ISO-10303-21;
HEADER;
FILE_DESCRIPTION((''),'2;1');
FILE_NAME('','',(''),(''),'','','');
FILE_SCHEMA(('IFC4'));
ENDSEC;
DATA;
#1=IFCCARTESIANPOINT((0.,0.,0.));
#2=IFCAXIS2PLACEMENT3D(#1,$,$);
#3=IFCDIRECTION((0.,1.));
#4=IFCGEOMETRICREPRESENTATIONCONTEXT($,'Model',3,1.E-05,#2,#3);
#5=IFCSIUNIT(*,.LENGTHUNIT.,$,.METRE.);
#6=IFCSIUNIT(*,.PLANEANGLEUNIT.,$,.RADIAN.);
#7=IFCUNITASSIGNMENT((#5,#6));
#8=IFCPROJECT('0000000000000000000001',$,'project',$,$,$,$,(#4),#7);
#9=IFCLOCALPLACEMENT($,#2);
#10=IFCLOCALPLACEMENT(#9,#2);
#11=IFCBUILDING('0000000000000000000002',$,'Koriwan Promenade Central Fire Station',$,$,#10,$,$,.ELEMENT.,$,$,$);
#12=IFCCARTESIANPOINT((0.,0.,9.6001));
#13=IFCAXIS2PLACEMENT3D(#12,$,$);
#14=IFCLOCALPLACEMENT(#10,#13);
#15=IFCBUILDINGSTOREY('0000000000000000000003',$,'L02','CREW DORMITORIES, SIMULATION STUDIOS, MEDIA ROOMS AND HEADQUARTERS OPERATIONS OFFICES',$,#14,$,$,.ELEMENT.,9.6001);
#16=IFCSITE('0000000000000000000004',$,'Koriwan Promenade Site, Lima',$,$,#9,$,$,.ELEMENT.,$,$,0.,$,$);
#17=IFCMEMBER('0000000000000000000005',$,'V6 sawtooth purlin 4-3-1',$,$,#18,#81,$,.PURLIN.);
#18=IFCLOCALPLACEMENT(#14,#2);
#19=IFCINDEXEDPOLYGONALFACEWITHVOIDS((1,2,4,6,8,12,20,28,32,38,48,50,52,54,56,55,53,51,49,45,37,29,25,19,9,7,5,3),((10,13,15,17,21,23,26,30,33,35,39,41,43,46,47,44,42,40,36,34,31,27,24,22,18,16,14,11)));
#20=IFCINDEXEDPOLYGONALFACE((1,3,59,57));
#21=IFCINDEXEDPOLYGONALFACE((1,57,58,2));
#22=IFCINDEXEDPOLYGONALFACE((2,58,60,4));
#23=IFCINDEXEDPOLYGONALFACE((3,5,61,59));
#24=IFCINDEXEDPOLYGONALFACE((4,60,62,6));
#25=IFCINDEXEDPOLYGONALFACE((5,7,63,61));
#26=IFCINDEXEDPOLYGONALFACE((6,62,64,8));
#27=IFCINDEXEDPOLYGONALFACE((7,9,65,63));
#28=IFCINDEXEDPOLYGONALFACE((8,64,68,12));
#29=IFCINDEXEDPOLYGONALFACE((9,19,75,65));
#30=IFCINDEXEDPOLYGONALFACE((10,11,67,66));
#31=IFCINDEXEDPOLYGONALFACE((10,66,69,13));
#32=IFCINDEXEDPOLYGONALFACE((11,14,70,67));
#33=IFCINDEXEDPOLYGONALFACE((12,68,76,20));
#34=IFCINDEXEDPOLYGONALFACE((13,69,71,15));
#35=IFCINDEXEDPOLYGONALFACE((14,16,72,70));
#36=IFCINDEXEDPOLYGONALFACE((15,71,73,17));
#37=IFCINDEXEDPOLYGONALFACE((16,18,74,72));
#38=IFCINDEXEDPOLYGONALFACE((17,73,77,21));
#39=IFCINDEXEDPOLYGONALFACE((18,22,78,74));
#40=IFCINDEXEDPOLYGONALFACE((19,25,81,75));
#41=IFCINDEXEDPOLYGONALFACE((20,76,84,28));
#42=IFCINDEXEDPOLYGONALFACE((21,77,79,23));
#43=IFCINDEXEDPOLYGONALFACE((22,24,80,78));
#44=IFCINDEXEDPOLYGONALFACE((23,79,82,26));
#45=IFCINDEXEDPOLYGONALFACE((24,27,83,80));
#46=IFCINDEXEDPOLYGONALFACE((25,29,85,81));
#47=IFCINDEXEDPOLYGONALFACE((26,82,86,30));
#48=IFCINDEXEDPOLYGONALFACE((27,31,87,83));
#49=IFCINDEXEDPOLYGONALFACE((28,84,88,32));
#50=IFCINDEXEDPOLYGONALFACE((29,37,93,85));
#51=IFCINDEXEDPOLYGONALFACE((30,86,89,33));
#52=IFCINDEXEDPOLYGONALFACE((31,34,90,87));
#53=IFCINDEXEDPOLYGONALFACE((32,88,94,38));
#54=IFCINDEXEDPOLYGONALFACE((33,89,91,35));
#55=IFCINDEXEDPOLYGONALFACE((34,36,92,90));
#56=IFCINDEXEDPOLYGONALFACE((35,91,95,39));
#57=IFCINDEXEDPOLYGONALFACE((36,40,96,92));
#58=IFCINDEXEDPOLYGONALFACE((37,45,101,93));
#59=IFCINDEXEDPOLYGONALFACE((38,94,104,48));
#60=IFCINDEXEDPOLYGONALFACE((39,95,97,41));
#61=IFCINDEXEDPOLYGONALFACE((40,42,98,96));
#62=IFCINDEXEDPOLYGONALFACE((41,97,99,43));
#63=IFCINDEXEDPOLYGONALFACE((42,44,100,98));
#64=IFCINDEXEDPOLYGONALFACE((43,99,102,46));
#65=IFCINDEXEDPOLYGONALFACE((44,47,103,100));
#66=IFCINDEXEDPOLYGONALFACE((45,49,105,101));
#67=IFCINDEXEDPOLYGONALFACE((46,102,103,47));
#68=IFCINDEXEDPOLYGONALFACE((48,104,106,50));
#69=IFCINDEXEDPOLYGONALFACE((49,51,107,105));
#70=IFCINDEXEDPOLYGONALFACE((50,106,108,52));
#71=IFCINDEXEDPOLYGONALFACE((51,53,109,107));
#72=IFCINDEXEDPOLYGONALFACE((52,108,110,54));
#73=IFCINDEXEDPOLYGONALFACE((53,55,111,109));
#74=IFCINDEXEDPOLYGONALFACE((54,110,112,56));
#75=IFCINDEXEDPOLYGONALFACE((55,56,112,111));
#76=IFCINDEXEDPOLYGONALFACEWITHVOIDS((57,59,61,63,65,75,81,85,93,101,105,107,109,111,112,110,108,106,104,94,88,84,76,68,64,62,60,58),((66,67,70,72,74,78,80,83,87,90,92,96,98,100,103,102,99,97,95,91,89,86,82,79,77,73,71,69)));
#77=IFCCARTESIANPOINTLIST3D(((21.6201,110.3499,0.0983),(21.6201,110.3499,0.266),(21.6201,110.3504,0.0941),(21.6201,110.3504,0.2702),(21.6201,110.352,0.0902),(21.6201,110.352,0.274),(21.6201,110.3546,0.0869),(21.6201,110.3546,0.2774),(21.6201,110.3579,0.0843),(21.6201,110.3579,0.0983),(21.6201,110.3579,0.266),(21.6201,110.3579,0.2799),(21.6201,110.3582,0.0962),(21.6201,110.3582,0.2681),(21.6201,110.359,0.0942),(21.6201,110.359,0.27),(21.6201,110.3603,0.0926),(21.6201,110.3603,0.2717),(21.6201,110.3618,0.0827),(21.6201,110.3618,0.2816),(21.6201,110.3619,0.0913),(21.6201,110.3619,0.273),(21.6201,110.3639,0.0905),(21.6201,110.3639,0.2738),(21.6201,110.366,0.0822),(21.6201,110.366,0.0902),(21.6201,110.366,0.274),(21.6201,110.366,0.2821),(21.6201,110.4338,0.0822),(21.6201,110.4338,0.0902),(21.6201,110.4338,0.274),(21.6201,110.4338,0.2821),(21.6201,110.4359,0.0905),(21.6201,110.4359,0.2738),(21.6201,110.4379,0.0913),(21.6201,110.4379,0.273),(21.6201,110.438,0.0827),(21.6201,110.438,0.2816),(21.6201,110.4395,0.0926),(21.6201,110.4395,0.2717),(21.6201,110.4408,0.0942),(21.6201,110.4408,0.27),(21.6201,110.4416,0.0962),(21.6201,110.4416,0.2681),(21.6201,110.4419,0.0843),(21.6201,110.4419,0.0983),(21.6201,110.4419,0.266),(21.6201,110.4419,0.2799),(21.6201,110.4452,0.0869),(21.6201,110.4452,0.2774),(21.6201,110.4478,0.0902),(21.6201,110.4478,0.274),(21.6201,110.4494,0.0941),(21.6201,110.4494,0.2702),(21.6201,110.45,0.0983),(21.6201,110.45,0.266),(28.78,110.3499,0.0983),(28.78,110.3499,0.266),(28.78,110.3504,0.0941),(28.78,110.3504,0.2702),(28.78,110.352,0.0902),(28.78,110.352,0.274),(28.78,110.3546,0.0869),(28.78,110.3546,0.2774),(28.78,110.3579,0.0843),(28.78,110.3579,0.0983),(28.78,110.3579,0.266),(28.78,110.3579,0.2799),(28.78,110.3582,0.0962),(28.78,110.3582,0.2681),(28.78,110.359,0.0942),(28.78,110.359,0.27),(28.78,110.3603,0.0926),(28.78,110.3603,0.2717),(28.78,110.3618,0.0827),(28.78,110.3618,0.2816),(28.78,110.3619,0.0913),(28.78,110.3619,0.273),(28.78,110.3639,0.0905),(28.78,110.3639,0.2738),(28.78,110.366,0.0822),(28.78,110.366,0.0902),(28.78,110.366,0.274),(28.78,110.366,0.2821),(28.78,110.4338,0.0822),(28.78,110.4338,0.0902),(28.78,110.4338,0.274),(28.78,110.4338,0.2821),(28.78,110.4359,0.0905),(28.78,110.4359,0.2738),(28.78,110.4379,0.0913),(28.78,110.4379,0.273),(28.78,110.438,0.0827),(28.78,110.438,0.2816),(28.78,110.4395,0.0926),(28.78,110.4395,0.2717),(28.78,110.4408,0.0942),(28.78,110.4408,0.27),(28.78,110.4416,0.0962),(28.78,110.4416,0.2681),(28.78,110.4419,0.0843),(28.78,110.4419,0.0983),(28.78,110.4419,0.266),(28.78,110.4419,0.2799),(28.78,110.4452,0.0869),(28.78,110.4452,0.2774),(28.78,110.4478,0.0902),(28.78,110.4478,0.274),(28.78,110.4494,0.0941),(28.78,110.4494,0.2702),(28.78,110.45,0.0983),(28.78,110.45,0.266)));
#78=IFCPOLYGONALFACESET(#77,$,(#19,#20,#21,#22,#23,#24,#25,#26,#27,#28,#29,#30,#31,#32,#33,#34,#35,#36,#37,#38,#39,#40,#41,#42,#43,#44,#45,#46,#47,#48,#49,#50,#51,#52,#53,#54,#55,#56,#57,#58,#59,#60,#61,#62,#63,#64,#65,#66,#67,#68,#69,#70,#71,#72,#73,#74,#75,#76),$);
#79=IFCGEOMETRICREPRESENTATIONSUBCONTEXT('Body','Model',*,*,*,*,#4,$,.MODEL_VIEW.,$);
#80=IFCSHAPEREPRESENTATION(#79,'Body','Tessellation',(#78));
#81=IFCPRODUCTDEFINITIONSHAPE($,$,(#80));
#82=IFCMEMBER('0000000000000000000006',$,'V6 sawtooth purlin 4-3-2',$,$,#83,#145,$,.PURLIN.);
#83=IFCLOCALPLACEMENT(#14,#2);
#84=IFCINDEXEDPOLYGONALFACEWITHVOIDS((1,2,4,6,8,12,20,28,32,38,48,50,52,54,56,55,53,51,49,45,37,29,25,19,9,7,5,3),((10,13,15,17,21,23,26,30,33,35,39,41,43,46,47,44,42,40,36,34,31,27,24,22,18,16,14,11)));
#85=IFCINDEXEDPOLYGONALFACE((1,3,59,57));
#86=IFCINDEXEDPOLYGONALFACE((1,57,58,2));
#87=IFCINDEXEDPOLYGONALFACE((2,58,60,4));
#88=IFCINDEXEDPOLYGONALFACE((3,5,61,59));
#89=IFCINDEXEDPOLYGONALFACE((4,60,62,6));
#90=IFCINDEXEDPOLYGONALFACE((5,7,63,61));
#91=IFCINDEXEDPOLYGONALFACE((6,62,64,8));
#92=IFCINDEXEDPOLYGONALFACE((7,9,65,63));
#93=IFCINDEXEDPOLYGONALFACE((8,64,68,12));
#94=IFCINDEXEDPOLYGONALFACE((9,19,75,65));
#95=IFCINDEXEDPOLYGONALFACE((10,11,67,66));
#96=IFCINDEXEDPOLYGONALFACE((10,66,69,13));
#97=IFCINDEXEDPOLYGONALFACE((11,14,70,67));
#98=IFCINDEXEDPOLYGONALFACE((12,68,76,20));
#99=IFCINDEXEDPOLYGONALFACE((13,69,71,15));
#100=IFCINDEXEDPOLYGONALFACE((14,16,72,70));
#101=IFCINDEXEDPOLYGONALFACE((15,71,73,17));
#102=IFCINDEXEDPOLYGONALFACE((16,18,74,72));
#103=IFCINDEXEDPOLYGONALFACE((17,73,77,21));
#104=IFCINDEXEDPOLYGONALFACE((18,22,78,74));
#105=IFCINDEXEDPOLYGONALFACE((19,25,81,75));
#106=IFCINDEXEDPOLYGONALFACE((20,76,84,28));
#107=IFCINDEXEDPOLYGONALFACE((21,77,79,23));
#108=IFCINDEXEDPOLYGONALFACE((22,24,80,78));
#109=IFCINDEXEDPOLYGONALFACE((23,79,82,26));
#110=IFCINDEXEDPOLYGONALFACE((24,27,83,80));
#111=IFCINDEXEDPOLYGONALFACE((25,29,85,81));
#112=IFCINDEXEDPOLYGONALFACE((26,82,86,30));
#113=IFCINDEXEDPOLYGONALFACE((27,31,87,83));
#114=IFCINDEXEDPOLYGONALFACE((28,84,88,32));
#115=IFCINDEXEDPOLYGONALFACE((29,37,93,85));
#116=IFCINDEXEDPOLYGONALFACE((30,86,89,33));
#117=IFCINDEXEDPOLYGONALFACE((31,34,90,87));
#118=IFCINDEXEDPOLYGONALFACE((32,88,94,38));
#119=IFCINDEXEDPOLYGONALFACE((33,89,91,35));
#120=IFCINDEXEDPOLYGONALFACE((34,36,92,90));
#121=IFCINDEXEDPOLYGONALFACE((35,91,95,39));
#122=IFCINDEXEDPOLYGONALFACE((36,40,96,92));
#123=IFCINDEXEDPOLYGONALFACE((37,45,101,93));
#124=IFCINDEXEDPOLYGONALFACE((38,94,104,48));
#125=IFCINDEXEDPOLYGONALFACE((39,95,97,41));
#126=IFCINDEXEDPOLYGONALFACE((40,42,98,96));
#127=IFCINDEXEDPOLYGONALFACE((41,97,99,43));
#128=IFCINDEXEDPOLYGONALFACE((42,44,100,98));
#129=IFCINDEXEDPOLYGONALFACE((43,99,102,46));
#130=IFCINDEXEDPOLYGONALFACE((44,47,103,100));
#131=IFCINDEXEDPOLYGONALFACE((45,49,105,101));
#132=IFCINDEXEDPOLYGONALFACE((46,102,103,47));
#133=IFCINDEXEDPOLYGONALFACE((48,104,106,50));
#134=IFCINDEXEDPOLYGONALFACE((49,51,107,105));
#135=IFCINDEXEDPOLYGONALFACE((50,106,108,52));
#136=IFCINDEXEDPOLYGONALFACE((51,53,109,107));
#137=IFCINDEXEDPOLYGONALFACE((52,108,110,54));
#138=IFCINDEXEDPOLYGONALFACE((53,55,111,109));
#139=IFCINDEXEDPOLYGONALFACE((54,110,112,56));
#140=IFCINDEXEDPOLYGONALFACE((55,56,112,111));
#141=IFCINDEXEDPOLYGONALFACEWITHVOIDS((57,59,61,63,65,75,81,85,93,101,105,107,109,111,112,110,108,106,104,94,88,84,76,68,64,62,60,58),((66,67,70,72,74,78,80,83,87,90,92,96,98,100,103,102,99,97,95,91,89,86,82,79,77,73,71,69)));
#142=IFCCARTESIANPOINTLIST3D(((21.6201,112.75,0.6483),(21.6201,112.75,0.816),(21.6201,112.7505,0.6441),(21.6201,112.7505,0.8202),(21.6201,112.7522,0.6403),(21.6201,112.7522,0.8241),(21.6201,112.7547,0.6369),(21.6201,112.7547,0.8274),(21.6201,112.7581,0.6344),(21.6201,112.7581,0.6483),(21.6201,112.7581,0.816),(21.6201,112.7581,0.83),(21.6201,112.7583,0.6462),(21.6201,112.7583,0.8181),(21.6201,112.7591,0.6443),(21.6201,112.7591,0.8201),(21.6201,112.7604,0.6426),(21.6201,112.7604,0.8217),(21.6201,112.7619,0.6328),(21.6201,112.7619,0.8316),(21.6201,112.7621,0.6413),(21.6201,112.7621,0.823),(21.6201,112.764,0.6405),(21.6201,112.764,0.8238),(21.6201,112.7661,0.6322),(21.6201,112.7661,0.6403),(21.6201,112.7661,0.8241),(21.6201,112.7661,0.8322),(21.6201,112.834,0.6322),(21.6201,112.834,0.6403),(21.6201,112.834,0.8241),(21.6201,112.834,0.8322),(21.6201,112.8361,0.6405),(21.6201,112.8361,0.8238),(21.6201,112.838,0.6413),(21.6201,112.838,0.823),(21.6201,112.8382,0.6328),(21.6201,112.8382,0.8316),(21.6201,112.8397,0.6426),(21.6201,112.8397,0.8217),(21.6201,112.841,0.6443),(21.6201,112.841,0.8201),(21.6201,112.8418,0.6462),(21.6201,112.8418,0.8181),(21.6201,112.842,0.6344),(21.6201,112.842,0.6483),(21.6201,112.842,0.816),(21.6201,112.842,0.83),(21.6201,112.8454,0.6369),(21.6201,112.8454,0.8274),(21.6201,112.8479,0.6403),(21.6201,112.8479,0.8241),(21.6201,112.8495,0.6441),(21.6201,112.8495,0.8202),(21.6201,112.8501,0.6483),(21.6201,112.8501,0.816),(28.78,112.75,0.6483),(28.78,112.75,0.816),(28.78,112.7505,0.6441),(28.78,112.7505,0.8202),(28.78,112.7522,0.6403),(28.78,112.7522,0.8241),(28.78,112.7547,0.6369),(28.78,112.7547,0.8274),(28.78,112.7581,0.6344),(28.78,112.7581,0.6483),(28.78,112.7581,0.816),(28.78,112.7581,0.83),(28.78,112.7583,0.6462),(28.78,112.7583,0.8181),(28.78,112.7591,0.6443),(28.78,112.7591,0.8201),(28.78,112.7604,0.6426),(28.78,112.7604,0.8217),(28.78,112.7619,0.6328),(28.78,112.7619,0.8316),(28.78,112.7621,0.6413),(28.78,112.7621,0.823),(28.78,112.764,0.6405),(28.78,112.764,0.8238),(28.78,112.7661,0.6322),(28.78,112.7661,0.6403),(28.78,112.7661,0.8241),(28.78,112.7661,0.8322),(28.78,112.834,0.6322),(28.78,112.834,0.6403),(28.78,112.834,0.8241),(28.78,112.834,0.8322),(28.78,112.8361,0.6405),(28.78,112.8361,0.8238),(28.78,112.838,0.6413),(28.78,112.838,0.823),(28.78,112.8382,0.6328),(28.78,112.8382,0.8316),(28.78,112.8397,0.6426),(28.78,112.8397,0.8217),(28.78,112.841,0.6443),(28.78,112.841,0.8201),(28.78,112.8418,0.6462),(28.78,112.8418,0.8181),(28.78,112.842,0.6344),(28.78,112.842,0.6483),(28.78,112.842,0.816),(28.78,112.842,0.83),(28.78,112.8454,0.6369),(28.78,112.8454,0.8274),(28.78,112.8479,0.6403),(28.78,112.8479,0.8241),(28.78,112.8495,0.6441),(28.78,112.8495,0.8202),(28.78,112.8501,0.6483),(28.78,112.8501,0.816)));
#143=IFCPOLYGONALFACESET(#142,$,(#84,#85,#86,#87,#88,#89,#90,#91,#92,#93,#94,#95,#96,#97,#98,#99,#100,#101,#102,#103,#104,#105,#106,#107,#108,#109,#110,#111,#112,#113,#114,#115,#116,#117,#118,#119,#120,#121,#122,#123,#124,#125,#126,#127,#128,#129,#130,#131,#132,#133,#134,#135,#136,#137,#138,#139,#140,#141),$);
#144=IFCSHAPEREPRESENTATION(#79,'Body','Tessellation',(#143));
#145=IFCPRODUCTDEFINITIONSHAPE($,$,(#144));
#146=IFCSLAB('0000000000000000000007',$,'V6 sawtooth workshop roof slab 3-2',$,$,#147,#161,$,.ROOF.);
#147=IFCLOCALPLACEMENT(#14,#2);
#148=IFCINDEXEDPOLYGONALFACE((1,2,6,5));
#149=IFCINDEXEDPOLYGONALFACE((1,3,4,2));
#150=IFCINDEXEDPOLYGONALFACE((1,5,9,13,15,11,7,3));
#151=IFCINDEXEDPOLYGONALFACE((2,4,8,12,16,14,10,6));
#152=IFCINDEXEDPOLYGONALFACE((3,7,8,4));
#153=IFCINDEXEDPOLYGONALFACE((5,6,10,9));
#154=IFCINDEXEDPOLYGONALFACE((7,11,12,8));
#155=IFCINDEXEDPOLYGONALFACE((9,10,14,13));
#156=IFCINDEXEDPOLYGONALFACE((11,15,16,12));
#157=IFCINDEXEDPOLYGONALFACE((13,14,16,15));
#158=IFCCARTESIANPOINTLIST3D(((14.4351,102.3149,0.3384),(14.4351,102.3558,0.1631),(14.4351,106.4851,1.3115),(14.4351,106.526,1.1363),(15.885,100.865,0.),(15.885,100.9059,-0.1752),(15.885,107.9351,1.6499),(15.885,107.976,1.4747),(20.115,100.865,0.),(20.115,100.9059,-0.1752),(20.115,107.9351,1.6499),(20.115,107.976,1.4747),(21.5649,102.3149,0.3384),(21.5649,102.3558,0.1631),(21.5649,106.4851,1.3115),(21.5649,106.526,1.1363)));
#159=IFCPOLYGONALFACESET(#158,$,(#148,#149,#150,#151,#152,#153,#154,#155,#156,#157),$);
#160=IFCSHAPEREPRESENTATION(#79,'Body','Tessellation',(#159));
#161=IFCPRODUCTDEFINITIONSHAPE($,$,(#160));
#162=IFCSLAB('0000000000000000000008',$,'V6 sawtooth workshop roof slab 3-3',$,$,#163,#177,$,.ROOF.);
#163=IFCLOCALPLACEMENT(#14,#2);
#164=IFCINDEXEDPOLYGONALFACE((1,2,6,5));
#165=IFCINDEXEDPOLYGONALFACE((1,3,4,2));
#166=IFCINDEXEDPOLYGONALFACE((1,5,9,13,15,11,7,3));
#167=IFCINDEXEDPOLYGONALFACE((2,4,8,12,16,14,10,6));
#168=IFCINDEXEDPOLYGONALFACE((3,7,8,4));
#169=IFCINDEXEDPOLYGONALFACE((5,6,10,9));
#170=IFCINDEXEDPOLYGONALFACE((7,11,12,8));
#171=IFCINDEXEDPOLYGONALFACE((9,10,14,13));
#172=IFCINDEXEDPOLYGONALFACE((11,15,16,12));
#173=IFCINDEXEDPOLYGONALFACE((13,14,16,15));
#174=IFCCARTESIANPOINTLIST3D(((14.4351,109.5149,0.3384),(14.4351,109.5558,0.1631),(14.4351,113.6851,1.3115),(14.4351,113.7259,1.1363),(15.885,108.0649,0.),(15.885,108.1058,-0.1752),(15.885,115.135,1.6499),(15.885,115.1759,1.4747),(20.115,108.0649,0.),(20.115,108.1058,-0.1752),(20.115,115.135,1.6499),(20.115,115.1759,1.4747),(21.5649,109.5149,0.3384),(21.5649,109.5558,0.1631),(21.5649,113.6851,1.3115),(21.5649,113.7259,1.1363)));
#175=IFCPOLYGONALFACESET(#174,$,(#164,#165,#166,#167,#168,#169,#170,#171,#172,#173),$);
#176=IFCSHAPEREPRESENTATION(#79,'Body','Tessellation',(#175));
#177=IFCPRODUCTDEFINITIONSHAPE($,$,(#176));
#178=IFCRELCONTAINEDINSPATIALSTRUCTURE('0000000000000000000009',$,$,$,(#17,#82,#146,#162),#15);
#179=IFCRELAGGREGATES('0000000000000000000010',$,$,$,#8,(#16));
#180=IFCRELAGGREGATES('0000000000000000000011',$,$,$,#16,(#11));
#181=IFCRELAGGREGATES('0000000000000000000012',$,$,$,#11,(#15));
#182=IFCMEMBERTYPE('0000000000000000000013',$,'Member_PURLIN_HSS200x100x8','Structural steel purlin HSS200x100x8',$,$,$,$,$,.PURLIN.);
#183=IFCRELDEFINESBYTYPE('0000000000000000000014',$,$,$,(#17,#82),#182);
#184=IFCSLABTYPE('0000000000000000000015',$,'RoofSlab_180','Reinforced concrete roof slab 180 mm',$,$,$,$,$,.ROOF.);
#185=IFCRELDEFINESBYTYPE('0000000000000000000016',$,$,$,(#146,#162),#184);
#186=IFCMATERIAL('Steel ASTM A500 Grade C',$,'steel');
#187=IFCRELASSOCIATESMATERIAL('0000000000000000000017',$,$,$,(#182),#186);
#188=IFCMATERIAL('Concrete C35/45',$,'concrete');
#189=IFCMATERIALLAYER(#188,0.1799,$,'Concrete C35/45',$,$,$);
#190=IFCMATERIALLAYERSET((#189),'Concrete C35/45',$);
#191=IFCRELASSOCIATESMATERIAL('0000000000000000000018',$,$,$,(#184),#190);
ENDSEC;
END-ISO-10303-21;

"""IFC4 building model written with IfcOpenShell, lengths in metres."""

from ifc_helpers import new_model, si_unit, direction, frame, origin, origin_2d, place, context, subcontext, project, spatial, polyline, hollow_rectangle, outline, extrude, material, layer, layer_set, material_profile, profile_set, type_object, element, save


model = new_model("IFC4")

# Units and contexts
model_context = context("Model", 3, precision=1e-05, world=origin(), true_north=direction((0.0, 1.0)))
body_context = subcontext(model_context, "Body", "Model", "MODEL_VIEW")
ifc_project = project(units=[si_unit("LENGTHUNIT", "METRE"), si_unit("PLANEANGLEUNIT", "RADIAN")], contexts=[model_context])

# Site, building, storey
site_placement = place(None, origin())
site = spatial("IfcSite", under=ifc_project, at=site_placement, Name="Koriwan Promenade Site, Lima", CompositionType="ELEMENT", RefElevation=0.0)
building_placement = place(site_placement, origin())
building = spatial("IfcBuilding", under=site, at=building_placement, Name="Koriwan Promenade Central Fire Station", CompositionType="ELEMENT")
storey_placement = place(building_placement, frame((0.0, 0.0, 9.6001)))
storey = spatial("IfcBuildingStorey", under=building, at=storey_placement, Name="L02", Description="CREW DORMITORIES, SIMULATION STUDIOS, MEDIA ROOMS AND HEADQUARTERS OPERATIONS OFFICES", CompositionType="ELEMENT", Elevation=9.6001)

# Members
ifc_material_1 = material(Name="Steel ASTM A500 Grade C", Category="steel")
ifc_material_profile_1 = material_profile(ifc_material_1, hollow_rectangle(XDim=0.1001, YDim=0.2, WallThickness=0.0081, InnerFilletRadius=0.0081, OuterFilletRadius=0.0161, at=origin_2d()), Name="HSS200x100x8")
ifc_profile_set_1 = profile_set([ifc_material_profile_1], Name="Steel ASTM A500 Grade C")
member_type_1 = type_object("IfcMemberType", Name="Member_PURLIN_HSS200x100x8", Description="Structural steel purlin HSS200x100x8", PredefinedType="PURLIN", material=ifc_profile_set_1)
for number, where, z_axis, x_axis, name in (
    (1, (21.6201, 110.3999, 0.1821), (1.0, 0.0, 0.0), (0.0, 1.0, 0.0), "V6 sawtooth purlin 4-3-1"),
    (2, (21.6201, 112.8, 0.7322), (1.0, 0.0, 0.0), (0.0, 1.0, 0.0), "V6 sawtooth purlin 4-3-2"),
):
    element("IfcMember", number, at=place(storey_placement, frame(where, z_axis=z_axis, x_axis=x_axis)), inside=storey, type_object=member_type_1, Name=name, PredefinedType="PURLIN", context=body_context, shape_type="SweptSolid", body=[
        extrude(hollow_rectangle(XDim=0.1001, YDim=0.2, WallThickness=0.0081, InnerFilletRadius=0.0081, OuterFilletRadius=0.0161, at=origin_2d()), origin(), (0.0, 0.0, 1.0), 7.1599),
    ])

# Slabs
ifc_material_2 = material(Name="Concrete C35/45", Category="concrete")
ifc_layer_1 = layer(ifc_material_2, 0.1799, Name="Concrete C35/45")
ifc_layer_set_1 = layer_set([ifc_layer_1], Name="Concrete C35/45")
slab_type = type_object("IfcSlabType", Name="RoofSlab_180", Description="Reinforced concrete roof slab 180 mm", PredefinedType="ROOF", material=ifc_layer_set_1)
for number, where, z_axis, x_axis, name in (
    (3, (15.885, 100.865, 0.0), (0.0, -0.227258, 0.973835), (1.0, 0.0, 0.0), "V6 sawtooth workshop roof slab 3-2"),
    (4, (15.885, 108.0649, 0.0), (0.0, -0.227258, 0.973835), (1.0, 0.0, 0.0), "V6 sawtooth workshop roof slab 3-3"),
):
    element("IfcSlab", number, at=place(storey_placement, frame(where, z_axis=z_axis, x_axis=x_axis)), inside=storey, type_object=slab_type, Name=name, PredefinedType="ROOF", context=body_context, shape_type="SweptSolid", body=[
        extrude(outline(polyline([(0.0, 0.0), (4.23, 0.0), (5.6799, 1.4889), (5.6799, 5.7711), (4.23, 7.26), (0.0, 7.26), (-1.45, 5.7711), (-1.45, 1.4889), (0.0, 0.0)])), origin(), (0.0, 0.0, -1.0), 0.1799),
    ])

save(model, "model.ifc")
